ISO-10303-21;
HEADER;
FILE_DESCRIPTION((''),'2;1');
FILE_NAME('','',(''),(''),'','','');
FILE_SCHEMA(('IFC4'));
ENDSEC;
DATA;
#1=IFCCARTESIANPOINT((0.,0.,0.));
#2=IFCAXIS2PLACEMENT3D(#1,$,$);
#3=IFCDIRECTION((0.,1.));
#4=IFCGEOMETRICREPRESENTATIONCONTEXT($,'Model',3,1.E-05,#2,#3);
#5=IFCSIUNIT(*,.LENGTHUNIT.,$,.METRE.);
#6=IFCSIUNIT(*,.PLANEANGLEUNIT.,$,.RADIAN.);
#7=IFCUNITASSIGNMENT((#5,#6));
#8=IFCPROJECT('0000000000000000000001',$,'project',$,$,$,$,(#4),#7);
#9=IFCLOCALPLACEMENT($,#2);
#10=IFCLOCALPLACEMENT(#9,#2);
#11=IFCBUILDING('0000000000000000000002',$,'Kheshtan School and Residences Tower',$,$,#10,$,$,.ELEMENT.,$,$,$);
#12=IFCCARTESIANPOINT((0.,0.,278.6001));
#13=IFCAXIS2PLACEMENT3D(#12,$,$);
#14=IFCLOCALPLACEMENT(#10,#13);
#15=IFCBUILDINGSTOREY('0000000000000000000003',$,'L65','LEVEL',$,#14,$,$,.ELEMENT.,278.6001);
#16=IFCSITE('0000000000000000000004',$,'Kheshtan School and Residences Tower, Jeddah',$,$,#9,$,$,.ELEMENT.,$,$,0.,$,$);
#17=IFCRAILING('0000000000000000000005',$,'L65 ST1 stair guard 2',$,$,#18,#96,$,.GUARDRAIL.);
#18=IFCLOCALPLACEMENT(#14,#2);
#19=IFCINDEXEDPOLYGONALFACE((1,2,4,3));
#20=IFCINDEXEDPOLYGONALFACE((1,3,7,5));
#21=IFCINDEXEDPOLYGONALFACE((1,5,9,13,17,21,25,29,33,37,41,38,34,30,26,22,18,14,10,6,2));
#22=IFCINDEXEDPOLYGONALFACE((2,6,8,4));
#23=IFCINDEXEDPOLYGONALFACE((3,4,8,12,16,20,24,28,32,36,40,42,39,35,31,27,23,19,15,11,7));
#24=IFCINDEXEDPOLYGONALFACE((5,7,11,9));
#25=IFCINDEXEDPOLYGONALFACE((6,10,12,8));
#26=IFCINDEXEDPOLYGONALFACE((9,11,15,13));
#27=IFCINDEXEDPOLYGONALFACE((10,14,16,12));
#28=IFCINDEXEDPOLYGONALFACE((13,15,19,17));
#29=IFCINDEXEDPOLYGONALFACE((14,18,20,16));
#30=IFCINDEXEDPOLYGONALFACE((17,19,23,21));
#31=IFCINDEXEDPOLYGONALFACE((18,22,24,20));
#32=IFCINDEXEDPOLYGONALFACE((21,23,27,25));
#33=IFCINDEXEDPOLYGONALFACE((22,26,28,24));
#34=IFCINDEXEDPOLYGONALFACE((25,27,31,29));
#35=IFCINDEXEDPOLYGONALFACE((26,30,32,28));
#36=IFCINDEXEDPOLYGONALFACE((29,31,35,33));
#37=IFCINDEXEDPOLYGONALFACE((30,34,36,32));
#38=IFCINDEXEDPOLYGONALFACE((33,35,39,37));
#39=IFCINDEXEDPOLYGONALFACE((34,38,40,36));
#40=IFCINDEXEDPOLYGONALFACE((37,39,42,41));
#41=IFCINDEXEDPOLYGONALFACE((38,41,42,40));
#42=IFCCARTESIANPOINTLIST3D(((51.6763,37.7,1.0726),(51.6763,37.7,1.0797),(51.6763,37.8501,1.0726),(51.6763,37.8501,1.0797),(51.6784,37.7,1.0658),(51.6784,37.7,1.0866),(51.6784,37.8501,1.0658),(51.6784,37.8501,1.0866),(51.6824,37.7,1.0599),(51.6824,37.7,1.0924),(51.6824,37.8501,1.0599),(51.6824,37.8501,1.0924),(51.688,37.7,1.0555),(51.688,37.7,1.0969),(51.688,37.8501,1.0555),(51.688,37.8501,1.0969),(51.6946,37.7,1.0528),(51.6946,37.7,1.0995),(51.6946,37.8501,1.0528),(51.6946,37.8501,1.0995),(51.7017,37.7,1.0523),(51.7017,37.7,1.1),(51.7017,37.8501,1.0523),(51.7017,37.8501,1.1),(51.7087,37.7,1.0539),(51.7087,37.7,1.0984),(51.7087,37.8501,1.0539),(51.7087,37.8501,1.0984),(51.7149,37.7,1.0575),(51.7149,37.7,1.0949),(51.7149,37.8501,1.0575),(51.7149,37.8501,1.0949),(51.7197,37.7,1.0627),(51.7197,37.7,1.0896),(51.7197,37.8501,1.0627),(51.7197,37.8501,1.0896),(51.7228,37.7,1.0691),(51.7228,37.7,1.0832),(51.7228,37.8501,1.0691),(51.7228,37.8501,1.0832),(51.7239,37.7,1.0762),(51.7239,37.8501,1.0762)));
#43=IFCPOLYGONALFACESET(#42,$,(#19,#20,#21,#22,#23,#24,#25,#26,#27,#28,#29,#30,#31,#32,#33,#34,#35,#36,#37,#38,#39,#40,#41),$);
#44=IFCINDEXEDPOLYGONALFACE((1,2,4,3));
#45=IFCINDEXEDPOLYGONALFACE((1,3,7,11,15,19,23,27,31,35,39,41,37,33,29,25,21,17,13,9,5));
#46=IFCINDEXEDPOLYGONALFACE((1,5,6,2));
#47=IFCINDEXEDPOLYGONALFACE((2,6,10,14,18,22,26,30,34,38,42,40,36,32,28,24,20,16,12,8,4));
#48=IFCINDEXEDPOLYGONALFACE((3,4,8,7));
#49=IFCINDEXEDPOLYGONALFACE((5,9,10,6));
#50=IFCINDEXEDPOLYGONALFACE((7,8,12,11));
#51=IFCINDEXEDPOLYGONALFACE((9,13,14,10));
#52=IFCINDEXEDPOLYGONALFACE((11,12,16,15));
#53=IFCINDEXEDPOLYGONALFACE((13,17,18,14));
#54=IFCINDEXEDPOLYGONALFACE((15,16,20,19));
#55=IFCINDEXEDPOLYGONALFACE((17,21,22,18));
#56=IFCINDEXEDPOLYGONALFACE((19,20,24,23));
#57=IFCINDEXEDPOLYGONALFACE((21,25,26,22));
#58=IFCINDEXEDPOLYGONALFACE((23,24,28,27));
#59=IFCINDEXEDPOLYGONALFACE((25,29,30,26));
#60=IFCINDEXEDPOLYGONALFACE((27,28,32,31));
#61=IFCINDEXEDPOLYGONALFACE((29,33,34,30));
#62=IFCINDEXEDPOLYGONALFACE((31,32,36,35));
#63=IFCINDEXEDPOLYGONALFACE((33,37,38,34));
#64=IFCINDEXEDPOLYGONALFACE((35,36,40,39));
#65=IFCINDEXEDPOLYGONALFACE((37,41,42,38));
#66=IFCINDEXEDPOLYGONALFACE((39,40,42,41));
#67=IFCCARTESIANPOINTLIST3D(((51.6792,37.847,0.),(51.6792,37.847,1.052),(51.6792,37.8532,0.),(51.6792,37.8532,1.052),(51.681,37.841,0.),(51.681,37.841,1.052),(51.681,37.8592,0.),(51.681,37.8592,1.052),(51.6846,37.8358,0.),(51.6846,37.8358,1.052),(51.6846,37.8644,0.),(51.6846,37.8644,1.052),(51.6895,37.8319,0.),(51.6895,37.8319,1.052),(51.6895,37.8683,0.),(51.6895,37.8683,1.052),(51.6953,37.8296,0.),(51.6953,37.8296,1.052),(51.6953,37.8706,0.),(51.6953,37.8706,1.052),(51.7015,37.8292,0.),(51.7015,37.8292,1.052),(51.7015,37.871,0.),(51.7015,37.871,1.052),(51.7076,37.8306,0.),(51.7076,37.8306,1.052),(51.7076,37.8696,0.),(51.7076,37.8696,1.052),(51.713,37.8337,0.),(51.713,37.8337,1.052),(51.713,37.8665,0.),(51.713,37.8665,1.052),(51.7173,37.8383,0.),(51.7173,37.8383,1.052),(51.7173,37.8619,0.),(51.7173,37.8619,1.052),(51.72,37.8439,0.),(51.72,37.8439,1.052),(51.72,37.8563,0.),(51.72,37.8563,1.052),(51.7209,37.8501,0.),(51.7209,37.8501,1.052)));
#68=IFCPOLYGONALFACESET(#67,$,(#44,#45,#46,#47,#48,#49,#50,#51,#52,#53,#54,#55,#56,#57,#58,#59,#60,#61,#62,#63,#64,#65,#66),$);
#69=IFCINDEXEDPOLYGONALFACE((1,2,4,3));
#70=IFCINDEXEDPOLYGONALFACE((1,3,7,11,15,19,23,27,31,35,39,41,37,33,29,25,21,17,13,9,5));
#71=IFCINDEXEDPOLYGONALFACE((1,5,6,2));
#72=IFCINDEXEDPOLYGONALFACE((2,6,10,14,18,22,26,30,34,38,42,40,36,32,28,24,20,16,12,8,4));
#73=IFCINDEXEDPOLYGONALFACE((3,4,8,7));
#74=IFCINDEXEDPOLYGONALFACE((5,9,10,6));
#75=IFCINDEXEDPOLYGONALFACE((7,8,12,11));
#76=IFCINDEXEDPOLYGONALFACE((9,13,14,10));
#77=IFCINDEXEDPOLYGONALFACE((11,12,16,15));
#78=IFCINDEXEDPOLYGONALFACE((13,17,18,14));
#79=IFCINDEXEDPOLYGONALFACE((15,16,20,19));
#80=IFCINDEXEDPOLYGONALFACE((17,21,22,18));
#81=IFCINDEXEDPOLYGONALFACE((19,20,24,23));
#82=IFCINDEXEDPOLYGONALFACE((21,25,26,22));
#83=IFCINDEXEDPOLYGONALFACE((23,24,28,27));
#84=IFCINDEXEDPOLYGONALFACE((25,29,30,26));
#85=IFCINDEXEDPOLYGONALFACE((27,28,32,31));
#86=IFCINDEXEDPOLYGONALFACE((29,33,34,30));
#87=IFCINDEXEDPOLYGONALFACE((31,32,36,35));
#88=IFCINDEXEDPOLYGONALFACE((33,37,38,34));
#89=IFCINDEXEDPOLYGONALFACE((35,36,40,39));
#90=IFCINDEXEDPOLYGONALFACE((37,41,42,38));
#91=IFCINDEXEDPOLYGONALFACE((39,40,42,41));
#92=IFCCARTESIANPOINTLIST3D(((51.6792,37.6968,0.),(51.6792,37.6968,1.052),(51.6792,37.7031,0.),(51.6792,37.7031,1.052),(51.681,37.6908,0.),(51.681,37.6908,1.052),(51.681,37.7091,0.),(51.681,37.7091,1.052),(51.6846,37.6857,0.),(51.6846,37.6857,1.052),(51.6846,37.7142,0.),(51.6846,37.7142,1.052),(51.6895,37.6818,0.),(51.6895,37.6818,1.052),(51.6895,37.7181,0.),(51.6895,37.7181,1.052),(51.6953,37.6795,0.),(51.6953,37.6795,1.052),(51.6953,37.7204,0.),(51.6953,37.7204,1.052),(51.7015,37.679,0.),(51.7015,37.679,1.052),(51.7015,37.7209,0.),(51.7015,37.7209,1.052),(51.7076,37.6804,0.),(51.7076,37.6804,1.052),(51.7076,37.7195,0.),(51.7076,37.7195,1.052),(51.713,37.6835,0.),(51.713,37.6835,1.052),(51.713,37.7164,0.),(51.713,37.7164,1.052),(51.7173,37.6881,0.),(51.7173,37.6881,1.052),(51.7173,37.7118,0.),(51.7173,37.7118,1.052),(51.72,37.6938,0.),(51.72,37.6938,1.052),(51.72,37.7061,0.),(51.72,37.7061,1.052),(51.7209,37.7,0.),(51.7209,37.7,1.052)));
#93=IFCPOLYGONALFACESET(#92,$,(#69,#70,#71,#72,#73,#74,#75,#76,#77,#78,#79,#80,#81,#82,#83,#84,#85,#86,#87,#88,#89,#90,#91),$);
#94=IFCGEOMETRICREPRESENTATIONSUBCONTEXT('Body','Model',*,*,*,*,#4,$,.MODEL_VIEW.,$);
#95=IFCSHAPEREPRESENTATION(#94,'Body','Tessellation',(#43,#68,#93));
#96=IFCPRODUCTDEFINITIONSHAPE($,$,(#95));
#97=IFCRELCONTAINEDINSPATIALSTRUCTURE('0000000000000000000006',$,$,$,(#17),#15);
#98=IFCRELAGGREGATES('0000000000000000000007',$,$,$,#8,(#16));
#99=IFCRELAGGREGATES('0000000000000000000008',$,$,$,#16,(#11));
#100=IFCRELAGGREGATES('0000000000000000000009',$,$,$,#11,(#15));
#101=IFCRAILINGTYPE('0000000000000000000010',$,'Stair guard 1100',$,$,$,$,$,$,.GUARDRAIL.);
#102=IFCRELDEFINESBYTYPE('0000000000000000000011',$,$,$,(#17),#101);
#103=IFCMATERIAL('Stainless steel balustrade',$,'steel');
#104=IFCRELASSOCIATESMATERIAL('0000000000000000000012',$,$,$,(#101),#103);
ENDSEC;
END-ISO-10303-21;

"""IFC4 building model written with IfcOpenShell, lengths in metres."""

from ifc_helpers import new_model, si_unit, direction, frame, origin, origin_2d, place, context, subcontext, project, spatial, circle, extrude, material, type_object, element, save


model = new_model("IFC4")

# Units and contexts
model_context = context("Model", 3, precision=1e-05, world=origin(), true_north=direction((0.0, 1.0)))
body_context = subcontext(model_context, "Body", "Model", "MODEL_VIEW")
ifc_project = project(units=[si_unit("LENGTHUNIT", "METRE"), si_unit("PLANEANGLEUNIT", "RADIAN")], contexts=[model_context])

# Site, building, storey
site_placement = place(None, origin())
site = spatial("IfcSite", under=ifc_project, at=site_placement, Name="Kheshtan School and Residences Tower, Jeddah", CompositionType="ELEMENT", RefElevation=0.0)
building_placement = place(site_placement, origin())
building = spatial("IfcBuilding", under=site, at=building_placement, Name="Kheshtan School and Residences Tower", CompositionType="ELEMENT")
storey_placement = place(building_placement, frame((0.0, 0.0, 278.6001)))
storey = spatial("IfcBuildingStorey", under=building, at=storey_placement, Name="L65", Description="LEVEL", CompositionType="ELEMENT", Elevation=278.6001)

# Railing
ifc_material_1 = material(Name="Stainless steel balustrade", Category="steel")
railing_type_1 = type_object("IfcRailingType", Name="Stair guard 1100", PredefinedType="GUARDRAIL", material=ifc_material_1)
railing_1_placement = place(storey_placement, frame((51.7, 37.8501, 0.0)))
element("IfcRailing", 1, at=railing_1_placement, inside=storey, type_object=railing_type_1, Name="L65 ST1 stair guard 2", PredefinedType="GUARDRAIL", context=body_context, shape_type="SweptSolid", body=[
    extrude(circle(Radius=0.0239, at=origin_2d()), frame((0.0, 0.0, 1.0762), z_axis=(0.0, -1.0, 0.0), x_axis=(1.0, 0.0, 0.0)), (0.0, 0.0, 1.0), 0.1501),
    extrude(circle(Radius=0.021, at=origin_2d()), origin(), (0.0, 0.0, 1.0), 1.052),
    extrude(circle(Radius=0.021, at=origin_2d()), frame((0.0, -0.1501, 0.0)), (0.0, 0.0, 1.0), 1.052),
])

save(model, "model.ifc")
